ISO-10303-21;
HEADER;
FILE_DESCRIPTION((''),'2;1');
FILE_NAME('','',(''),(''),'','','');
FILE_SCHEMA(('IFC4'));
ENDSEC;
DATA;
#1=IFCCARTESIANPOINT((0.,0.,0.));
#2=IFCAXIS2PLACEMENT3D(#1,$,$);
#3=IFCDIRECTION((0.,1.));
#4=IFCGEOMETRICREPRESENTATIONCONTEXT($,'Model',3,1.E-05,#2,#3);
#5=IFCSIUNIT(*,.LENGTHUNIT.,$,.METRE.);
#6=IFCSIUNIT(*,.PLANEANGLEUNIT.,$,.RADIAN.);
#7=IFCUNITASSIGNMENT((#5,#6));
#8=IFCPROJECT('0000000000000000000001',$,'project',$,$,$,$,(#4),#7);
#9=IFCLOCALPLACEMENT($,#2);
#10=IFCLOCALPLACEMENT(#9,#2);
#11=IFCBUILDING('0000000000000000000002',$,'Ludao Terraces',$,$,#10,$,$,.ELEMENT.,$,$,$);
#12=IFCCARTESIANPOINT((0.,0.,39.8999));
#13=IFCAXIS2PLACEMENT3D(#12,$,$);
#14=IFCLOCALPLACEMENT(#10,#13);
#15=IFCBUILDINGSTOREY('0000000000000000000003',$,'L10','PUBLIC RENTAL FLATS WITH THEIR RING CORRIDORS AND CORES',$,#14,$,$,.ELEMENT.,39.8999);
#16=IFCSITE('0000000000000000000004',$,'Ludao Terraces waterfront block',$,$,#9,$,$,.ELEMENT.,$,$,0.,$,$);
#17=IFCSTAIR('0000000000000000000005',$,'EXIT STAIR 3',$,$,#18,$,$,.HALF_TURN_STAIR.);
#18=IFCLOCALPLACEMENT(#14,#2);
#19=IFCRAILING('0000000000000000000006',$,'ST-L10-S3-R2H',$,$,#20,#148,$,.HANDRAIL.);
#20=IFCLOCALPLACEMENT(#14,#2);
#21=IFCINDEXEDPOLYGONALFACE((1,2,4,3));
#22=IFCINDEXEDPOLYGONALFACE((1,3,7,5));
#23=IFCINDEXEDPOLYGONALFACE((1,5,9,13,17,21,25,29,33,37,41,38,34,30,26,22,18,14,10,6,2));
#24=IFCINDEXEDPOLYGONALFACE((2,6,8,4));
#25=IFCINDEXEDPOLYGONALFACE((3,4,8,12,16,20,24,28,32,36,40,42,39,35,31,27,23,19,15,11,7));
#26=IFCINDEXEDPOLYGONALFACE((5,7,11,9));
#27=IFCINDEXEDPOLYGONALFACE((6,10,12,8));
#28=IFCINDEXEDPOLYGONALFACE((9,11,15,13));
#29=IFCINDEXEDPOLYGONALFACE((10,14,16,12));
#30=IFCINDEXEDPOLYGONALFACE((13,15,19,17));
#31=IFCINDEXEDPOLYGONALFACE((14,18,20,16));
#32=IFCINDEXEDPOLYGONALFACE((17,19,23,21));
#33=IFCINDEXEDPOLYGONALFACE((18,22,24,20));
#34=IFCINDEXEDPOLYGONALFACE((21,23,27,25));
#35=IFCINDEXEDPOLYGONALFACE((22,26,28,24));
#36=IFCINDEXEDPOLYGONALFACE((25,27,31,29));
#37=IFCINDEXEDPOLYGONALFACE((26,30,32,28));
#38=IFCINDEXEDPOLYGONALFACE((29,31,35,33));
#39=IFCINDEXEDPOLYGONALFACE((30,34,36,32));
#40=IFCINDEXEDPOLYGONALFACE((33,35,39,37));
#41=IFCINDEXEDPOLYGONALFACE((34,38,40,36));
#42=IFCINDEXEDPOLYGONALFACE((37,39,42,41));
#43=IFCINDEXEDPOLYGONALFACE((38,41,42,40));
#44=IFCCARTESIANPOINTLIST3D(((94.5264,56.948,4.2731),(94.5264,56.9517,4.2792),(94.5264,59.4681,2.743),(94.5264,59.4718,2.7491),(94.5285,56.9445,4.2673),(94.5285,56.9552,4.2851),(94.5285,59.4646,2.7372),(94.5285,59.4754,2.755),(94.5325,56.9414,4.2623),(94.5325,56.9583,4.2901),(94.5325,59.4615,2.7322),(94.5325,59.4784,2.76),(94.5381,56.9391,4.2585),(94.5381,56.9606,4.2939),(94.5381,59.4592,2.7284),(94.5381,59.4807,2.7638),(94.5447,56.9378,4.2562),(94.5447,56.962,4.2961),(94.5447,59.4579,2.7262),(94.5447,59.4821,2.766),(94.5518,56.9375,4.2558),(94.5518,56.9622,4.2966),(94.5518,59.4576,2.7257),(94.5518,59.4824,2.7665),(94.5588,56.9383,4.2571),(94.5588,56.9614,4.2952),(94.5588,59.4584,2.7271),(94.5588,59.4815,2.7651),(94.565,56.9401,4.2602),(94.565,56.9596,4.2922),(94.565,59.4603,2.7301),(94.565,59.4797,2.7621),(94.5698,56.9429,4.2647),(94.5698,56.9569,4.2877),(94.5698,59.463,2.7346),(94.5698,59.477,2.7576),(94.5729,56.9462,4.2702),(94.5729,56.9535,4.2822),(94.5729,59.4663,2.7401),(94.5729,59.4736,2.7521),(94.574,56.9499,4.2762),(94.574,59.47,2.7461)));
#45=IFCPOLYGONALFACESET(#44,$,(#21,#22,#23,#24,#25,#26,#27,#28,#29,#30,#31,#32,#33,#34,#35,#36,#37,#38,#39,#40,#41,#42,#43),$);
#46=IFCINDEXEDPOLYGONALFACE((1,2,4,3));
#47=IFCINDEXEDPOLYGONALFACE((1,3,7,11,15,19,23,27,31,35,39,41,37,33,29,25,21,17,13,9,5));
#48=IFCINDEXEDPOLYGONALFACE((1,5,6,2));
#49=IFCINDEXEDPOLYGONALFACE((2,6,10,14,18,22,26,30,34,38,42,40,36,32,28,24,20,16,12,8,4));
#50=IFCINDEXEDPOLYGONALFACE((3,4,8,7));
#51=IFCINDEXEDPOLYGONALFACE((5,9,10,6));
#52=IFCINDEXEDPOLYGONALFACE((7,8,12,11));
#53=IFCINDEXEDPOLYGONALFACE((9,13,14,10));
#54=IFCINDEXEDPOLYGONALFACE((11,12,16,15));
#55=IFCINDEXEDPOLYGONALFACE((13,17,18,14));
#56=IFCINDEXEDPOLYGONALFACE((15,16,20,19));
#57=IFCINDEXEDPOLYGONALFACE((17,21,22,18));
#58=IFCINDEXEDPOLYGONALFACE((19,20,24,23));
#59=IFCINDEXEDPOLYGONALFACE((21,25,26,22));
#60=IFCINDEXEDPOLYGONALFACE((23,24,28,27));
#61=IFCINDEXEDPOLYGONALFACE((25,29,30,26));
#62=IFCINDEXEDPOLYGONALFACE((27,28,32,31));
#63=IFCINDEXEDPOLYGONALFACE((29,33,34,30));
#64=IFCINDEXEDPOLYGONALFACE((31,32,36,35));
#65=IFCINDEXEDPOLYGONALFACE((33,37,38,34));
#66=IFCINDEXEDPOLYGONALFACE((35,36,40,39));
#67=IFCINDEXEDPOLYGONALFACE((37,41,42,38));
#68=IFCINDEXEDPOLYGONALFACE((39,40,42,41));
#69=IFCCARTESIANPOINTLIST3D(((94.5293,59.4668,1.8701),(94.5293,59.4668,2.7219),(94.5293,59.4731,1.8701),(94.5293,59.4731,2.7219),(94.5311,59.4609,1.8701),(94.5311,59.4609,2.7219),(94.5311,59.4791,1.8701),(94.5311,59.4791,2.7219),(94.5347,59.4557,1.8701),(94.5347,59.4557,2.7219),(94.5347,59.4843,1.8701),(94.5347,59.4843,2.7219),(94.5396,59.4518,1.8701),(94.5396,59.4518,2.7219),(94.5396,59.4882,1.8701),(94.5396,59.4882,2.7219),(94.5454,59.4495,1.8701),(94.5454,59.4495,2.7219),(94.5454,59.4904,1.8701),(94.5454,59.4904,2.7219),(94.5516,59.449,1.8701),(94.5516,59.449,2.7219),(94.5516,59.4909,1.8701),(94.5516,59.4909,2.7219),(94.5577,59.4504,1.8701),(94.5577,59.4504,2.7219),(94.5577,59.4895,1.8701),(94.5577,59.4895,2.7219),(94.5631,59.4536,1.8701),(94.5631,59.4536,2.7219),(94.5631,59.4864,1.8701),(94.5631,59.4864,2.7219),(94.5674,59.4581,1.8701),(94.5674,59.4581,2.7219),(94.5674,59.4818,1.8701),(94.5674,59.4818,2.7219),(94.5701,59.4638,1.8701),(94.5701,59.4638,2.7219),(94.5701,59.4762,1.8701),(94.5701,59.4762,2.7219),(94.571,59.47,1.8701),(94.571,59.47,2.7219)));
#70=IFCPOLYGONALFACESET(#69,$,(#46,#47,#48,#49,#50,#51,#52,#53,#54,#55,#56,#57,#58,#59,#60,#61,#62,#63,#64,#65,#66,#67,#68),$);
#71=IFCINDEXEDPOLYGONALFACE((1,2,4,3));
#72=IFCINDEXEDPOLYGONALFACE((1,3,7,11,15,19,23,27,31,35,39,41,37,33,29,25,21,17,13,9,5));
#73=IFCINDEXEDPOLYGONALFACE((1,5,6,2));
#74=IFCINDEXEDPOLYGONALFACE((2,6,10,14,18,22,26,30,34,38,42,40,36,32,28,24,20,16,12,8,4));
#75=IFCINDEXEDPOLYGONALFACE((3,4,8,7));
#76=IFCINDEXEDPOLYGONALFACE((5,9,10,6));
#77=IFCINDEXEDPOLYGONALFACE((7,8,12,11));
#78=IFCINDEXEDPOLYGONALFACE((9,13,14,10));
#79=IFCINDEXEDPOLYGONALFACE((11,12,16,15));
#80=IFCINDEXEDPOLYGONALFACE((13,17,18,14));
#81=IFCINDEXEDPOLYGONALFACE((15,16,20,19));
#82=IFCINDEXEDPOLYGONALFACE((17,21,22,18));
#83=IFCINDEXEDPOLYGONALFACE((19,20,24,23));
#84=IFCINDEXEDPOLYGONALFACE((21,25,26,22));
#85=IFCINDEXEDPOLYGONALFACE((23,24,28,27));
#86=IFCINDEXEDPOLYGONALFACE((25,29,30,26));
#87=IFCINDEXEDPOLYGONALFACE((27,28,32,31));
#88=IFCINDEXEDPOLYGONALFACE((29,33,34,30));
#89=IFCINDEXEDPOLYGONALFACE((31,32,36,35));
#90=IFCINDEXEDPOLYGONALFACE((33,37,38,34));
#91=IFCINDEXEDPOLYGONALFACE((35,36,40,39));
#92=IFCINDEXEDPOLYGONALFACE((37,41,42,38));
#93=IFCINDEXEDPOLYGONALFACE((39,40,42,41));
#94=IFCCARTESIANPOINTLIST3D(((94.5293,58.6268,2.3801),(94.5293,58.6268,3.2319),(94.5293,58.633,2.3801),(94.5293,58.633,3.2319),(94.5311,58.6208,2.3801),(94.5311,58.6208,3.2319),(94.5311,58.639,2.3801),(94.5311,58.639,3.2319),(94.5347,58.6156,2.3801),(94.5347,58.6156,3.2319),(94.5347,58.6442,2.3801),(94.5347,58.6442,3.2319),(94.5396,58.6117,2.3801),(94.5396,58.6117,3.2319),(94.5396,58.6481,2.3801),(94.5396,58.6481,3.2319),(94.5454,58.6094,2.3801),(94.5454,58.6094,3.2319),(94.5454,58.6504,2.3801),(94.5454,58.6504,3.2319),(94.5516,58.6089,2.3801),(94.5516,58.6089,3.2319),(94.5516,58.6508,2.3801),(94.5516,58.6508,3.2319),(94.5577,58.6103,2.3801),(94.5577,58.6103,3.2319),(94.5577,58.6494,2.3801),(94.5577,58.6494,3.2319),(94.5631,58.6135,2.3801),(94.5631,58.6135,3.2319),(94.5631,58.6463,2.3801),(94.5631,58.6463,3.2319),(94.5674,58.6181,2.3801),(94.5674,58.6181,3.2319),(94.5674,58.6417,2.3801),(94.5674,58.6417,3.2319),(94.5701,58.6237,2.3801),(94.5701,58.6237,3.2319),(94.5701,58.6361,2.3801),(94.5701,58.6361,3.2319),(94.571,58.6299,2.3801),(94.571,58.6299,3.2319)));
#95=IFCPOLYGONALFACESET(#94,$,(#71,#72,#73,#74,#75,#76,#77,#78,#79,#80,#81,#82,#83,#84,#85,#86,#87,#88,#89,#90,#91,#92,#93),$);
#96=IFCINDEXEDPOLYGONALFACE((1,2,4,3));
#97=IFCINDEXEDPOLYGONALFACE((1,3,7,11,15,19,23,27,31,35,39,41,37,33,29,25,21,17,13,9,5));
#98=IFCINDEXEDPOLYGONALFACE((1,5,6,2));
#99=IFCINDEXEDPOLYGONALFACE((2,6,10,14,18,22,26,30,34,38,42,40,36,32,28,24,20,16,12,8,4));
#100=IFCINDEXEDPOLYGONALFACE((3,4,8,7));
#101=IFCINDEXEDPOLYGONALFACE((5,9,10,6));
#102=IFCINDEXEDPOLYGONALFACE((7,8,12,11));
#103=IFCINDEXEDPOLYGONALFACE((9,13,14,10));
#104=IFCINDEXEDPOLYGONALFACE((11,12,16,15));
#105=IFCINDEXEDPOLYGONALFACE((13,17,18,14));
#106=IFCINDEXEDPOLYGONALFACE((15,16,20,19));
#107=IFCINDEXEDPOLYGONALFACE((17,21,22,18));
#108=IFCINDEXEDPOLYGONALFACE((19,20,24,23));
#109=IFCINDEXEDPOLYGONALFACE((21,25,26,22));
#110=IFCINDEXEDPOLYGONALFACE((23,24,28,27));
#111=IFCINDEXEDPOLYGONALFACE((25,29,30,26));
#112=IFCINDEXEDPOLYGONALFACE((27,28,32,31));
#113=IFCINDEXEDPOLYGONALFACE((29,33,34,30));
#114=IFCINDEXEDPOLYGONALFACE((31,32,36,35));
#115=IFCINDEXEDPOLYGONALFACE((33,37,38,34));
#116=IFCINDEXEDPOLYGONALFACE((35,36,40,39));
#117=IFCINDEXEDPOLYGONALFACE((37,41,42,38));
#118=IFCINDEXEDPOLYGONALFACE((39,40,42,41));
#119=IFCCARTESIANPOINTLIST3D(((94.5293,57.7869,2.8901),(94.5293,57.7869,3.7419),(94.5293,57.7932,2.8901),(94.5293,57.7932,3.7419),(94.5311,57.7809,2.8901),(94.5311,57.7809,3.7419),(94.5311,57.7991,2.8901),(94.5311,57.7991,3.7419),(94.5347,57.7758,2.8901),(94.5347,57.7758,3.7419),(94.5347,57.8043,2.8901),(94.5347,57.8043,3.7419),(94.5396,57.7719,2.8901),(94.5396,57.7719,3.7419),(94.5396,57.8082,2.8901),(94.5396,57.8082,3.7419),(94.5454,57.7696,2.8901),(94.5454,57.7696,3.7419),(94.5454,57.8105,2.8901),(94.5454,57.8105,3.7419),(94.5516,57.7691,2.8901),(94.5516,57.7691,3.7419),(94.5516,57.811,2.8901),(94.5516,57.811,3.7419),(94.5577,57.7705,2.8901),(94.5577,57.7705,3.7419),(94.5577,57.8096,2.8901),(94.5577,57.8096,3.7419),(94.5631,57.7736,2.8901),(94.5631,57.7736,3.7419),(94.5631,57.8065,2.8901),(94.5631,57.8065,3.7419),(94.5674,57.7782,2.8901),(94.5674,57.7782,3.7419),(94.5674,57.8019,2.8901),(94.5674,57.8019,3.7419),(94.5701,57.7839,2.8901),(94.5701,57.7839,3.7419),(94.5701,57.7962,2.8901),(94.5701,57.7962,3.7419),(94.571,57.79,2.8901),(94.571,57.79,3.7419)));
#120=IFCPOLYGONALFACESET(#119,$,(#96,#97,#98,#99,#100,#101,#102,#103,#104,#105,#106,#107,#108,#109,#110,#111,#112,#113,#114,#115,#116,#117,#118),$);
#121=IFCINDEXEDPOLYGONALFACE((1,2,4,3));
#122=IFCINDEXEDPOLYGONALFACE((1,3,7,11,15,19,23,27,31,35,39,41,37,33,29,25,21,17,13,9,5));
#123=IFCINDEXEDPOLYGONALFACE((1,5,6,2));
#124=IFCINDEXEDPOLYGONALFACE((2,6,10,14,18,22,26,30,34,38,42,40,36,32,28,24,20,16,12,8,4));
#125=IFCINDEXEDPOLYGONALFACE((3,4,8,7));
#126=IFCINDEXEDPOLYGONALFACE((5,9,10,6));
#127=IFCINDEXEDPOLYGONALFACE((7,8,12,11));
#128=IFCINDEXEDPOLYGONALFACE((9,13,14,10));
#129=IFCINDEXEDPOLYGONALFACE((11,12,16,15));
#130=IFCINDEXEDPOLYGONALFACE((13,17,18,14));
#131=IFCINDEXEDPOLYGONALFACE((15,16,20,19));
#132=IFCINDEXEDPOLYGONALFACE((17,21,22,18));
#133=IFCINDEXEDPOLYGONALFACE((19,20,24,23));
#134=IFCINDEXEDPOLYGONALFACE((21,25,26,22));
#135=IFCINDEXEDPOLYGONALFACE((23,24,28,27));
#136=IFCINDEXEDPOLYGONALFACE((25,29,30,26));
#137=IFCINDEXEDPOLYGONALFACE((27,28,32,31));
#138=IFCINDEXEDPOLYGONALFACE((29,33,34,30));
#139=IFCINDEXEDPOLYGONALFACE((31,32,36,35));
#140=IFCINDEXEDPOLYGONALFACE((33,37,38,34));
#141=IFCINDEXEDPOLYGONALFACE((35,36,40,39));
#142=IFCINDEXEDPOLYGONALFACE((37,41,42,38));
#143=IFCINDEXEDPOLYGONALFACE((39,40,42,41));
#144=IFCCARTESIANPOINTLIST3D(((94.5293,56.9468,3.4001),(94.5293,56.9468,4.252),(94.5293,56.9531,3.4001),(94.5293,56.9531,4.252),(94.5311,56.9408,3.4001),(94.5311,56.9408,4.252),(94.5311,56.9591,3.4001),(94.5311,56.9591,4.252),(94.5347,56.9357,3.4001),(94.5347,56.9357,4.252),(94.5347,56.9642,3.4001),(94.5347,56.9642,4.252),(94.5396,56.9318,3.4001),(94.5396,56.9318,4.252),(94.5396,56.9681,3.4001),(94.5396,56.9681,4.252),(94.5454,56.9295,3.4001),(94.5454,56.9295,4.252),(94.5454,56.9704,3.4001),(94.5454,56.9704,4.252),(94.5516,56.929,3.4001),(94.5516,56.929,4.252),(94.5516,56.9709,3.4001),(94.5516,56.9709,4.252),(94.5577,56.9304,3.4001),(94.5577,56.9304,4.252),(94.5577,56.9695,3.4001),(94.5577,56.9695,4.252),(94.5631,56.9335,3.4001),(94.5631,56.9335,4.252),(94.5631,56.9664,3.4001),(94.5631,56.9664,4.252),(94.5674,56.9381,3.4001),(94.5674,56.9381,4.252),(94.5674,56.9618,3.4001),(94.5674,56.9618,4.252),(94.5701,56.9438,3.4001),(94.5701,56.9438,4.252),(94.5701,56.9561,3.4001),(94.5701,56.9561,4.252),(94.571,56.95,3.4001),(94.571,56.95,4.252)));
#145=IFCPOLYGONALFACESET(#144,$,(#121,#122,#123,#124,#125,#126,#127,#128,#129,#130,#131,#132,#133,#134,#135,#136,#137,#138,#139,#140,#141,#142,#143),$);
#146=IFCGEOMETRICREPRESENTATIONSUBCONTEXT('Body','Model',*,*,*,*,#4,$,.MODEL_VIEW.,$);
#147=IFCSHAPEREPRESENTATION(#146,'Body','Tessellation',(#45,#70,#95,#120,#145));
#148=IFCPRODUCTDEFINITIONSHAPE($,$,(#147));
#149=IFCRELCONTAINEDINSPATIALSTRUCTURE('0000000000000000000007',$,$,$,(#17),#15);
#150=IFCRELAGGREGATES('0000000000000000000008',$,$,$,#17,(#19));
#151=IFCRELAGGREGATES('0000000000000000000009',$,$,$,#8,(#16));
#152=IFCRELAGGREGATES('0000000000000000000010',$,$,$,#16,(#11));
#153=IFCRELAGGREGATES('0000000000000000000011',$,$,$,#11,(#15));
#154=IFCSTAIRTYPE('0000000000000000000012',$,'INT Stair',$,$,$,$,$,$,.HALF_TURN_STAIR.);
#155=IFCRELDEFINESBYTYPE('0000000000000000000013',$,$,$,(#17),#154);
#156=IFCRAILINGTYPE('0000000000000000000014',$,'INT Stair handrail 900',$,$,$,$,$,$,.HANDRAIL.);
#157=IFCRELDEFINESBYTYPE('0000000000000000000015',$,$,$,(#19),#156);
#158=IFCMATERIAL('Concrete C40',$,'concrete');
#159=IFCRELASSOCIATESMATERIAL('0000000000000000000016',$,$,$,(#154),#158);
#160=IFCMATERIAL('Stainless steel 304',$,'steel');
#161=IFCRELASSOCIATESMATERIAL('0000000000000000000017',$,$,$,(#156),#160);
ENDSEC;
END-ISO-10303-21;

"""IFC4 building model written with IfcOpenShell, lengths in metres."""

from ifc_helpers import new_model, si_unit, direction, frame, origin, origin_2d, place, context, subcontext, project, spatial, circle, extrude, material, type_object, element, aggregate, save


model = new_model("IFC4")

# Units and contexts
model_context = context("Model", 3, precision=1e-05, world=origin(), true_north=direction((0.0, 1.0)))
body_context = subcontext(model_context, "Body", "Model", "MODEL_VIEW")
ifc_project = project(units=[si_unit("LENGTHUNIT", "METRE"), si_unit("PLANEANGLEUNIT", "RADIAN")], contexts=[model_context])

# Site, building, storey
site_placement = place(None, origin())
site = spatial("IfcSite", under=ifc_project, at=site_placement, Name="Ludao Terraces waterfront block", CompositionType="ELEMENT", RefElevation=0.0)
building_placement = place(site_placement, origin())
building = spatial("IfcBuilding", under=site, at=building_placement, Name="Ludao Terraces", CompositionType="ELEMENT")
storey_placement = place(building_placement, frame((0.0, 0.0, 39.8999)))
storey = spatial("IfcBuildingStorey", under=building, at=storey_placement, Name="L10", Description="PUBLIC RENTAL FLATS WITH THEIR RING CORRIDORS AND CORES", CompositionType="ELEMENT", Elevation=39.8999)

# Stair, railing
ifc_material_1 = material(Name="Concrete C40", Category="concrete")
stair_type = type_object("IfcStairType", Name="INT Stair", PredefinedType="HALF_TURN_STAIR", material=ifc_material_1)
stair_placement = place(storey_placement, origin())
stair = element("IfcStair", 1, at=stair_placement, inside=storey, type_object=stair_type, Name="EXIT STAIR 3", PredefinedType="HALF_TURN_STAIR")
ifc_material_2 = material(Name="Stainless steel 304", Category="steel")
railing_type_1 = type_object("IfcRailingType", Name="INT Stair handrail 900", PredefinedType="HANDRAIL", material=ifc_material_2)
railing_1_placement = place(storey_placement, frame((94.55, 59.47, 1.8701)))
railing_1 = element("IfcRailing", 2, at=railing_1_placement, type_object=railing_type_1, Name="ST-L10-S3-R2H", PredefinedType="HANDRAIL", context=body_context, shape_type="SweptSolid", body=[
    extrude(circle(Radius=0.0239, at=origin_2d()), frame((0.0, 0.0, 0.876), z_axis=(0.0, -0.854785, 0.518982), x_axis=(1.0, 0.0, 0.0)), (0.0, 0.0, 1.0), 2.9482),
    extrude(circle(Radius=0.021, at=origin_2d()), origin(), (0.0, 0.0, 1.0), 0.8518),
    extrude(circle(Radius=0.021, at=origin_2d()), frame((0.0, -0.8401, 0.51)), (0.0, 0.0, 1.0), 0.8518),
    extrude(circle(Radius=0.021, at=origin_2d()), frame((0.0, -1.6799, 1.02)), (0.0, 0.0, 1.0), 0.8518),
    extrude(circle(Radius=0.021, at=origin_2d()), frame((0.0, -2.52, 1.53)), (0.0, 0.0, 1.0), 0.8518),
])
aggregate(stair, [railing_1])

save(model, "model.ifc")
